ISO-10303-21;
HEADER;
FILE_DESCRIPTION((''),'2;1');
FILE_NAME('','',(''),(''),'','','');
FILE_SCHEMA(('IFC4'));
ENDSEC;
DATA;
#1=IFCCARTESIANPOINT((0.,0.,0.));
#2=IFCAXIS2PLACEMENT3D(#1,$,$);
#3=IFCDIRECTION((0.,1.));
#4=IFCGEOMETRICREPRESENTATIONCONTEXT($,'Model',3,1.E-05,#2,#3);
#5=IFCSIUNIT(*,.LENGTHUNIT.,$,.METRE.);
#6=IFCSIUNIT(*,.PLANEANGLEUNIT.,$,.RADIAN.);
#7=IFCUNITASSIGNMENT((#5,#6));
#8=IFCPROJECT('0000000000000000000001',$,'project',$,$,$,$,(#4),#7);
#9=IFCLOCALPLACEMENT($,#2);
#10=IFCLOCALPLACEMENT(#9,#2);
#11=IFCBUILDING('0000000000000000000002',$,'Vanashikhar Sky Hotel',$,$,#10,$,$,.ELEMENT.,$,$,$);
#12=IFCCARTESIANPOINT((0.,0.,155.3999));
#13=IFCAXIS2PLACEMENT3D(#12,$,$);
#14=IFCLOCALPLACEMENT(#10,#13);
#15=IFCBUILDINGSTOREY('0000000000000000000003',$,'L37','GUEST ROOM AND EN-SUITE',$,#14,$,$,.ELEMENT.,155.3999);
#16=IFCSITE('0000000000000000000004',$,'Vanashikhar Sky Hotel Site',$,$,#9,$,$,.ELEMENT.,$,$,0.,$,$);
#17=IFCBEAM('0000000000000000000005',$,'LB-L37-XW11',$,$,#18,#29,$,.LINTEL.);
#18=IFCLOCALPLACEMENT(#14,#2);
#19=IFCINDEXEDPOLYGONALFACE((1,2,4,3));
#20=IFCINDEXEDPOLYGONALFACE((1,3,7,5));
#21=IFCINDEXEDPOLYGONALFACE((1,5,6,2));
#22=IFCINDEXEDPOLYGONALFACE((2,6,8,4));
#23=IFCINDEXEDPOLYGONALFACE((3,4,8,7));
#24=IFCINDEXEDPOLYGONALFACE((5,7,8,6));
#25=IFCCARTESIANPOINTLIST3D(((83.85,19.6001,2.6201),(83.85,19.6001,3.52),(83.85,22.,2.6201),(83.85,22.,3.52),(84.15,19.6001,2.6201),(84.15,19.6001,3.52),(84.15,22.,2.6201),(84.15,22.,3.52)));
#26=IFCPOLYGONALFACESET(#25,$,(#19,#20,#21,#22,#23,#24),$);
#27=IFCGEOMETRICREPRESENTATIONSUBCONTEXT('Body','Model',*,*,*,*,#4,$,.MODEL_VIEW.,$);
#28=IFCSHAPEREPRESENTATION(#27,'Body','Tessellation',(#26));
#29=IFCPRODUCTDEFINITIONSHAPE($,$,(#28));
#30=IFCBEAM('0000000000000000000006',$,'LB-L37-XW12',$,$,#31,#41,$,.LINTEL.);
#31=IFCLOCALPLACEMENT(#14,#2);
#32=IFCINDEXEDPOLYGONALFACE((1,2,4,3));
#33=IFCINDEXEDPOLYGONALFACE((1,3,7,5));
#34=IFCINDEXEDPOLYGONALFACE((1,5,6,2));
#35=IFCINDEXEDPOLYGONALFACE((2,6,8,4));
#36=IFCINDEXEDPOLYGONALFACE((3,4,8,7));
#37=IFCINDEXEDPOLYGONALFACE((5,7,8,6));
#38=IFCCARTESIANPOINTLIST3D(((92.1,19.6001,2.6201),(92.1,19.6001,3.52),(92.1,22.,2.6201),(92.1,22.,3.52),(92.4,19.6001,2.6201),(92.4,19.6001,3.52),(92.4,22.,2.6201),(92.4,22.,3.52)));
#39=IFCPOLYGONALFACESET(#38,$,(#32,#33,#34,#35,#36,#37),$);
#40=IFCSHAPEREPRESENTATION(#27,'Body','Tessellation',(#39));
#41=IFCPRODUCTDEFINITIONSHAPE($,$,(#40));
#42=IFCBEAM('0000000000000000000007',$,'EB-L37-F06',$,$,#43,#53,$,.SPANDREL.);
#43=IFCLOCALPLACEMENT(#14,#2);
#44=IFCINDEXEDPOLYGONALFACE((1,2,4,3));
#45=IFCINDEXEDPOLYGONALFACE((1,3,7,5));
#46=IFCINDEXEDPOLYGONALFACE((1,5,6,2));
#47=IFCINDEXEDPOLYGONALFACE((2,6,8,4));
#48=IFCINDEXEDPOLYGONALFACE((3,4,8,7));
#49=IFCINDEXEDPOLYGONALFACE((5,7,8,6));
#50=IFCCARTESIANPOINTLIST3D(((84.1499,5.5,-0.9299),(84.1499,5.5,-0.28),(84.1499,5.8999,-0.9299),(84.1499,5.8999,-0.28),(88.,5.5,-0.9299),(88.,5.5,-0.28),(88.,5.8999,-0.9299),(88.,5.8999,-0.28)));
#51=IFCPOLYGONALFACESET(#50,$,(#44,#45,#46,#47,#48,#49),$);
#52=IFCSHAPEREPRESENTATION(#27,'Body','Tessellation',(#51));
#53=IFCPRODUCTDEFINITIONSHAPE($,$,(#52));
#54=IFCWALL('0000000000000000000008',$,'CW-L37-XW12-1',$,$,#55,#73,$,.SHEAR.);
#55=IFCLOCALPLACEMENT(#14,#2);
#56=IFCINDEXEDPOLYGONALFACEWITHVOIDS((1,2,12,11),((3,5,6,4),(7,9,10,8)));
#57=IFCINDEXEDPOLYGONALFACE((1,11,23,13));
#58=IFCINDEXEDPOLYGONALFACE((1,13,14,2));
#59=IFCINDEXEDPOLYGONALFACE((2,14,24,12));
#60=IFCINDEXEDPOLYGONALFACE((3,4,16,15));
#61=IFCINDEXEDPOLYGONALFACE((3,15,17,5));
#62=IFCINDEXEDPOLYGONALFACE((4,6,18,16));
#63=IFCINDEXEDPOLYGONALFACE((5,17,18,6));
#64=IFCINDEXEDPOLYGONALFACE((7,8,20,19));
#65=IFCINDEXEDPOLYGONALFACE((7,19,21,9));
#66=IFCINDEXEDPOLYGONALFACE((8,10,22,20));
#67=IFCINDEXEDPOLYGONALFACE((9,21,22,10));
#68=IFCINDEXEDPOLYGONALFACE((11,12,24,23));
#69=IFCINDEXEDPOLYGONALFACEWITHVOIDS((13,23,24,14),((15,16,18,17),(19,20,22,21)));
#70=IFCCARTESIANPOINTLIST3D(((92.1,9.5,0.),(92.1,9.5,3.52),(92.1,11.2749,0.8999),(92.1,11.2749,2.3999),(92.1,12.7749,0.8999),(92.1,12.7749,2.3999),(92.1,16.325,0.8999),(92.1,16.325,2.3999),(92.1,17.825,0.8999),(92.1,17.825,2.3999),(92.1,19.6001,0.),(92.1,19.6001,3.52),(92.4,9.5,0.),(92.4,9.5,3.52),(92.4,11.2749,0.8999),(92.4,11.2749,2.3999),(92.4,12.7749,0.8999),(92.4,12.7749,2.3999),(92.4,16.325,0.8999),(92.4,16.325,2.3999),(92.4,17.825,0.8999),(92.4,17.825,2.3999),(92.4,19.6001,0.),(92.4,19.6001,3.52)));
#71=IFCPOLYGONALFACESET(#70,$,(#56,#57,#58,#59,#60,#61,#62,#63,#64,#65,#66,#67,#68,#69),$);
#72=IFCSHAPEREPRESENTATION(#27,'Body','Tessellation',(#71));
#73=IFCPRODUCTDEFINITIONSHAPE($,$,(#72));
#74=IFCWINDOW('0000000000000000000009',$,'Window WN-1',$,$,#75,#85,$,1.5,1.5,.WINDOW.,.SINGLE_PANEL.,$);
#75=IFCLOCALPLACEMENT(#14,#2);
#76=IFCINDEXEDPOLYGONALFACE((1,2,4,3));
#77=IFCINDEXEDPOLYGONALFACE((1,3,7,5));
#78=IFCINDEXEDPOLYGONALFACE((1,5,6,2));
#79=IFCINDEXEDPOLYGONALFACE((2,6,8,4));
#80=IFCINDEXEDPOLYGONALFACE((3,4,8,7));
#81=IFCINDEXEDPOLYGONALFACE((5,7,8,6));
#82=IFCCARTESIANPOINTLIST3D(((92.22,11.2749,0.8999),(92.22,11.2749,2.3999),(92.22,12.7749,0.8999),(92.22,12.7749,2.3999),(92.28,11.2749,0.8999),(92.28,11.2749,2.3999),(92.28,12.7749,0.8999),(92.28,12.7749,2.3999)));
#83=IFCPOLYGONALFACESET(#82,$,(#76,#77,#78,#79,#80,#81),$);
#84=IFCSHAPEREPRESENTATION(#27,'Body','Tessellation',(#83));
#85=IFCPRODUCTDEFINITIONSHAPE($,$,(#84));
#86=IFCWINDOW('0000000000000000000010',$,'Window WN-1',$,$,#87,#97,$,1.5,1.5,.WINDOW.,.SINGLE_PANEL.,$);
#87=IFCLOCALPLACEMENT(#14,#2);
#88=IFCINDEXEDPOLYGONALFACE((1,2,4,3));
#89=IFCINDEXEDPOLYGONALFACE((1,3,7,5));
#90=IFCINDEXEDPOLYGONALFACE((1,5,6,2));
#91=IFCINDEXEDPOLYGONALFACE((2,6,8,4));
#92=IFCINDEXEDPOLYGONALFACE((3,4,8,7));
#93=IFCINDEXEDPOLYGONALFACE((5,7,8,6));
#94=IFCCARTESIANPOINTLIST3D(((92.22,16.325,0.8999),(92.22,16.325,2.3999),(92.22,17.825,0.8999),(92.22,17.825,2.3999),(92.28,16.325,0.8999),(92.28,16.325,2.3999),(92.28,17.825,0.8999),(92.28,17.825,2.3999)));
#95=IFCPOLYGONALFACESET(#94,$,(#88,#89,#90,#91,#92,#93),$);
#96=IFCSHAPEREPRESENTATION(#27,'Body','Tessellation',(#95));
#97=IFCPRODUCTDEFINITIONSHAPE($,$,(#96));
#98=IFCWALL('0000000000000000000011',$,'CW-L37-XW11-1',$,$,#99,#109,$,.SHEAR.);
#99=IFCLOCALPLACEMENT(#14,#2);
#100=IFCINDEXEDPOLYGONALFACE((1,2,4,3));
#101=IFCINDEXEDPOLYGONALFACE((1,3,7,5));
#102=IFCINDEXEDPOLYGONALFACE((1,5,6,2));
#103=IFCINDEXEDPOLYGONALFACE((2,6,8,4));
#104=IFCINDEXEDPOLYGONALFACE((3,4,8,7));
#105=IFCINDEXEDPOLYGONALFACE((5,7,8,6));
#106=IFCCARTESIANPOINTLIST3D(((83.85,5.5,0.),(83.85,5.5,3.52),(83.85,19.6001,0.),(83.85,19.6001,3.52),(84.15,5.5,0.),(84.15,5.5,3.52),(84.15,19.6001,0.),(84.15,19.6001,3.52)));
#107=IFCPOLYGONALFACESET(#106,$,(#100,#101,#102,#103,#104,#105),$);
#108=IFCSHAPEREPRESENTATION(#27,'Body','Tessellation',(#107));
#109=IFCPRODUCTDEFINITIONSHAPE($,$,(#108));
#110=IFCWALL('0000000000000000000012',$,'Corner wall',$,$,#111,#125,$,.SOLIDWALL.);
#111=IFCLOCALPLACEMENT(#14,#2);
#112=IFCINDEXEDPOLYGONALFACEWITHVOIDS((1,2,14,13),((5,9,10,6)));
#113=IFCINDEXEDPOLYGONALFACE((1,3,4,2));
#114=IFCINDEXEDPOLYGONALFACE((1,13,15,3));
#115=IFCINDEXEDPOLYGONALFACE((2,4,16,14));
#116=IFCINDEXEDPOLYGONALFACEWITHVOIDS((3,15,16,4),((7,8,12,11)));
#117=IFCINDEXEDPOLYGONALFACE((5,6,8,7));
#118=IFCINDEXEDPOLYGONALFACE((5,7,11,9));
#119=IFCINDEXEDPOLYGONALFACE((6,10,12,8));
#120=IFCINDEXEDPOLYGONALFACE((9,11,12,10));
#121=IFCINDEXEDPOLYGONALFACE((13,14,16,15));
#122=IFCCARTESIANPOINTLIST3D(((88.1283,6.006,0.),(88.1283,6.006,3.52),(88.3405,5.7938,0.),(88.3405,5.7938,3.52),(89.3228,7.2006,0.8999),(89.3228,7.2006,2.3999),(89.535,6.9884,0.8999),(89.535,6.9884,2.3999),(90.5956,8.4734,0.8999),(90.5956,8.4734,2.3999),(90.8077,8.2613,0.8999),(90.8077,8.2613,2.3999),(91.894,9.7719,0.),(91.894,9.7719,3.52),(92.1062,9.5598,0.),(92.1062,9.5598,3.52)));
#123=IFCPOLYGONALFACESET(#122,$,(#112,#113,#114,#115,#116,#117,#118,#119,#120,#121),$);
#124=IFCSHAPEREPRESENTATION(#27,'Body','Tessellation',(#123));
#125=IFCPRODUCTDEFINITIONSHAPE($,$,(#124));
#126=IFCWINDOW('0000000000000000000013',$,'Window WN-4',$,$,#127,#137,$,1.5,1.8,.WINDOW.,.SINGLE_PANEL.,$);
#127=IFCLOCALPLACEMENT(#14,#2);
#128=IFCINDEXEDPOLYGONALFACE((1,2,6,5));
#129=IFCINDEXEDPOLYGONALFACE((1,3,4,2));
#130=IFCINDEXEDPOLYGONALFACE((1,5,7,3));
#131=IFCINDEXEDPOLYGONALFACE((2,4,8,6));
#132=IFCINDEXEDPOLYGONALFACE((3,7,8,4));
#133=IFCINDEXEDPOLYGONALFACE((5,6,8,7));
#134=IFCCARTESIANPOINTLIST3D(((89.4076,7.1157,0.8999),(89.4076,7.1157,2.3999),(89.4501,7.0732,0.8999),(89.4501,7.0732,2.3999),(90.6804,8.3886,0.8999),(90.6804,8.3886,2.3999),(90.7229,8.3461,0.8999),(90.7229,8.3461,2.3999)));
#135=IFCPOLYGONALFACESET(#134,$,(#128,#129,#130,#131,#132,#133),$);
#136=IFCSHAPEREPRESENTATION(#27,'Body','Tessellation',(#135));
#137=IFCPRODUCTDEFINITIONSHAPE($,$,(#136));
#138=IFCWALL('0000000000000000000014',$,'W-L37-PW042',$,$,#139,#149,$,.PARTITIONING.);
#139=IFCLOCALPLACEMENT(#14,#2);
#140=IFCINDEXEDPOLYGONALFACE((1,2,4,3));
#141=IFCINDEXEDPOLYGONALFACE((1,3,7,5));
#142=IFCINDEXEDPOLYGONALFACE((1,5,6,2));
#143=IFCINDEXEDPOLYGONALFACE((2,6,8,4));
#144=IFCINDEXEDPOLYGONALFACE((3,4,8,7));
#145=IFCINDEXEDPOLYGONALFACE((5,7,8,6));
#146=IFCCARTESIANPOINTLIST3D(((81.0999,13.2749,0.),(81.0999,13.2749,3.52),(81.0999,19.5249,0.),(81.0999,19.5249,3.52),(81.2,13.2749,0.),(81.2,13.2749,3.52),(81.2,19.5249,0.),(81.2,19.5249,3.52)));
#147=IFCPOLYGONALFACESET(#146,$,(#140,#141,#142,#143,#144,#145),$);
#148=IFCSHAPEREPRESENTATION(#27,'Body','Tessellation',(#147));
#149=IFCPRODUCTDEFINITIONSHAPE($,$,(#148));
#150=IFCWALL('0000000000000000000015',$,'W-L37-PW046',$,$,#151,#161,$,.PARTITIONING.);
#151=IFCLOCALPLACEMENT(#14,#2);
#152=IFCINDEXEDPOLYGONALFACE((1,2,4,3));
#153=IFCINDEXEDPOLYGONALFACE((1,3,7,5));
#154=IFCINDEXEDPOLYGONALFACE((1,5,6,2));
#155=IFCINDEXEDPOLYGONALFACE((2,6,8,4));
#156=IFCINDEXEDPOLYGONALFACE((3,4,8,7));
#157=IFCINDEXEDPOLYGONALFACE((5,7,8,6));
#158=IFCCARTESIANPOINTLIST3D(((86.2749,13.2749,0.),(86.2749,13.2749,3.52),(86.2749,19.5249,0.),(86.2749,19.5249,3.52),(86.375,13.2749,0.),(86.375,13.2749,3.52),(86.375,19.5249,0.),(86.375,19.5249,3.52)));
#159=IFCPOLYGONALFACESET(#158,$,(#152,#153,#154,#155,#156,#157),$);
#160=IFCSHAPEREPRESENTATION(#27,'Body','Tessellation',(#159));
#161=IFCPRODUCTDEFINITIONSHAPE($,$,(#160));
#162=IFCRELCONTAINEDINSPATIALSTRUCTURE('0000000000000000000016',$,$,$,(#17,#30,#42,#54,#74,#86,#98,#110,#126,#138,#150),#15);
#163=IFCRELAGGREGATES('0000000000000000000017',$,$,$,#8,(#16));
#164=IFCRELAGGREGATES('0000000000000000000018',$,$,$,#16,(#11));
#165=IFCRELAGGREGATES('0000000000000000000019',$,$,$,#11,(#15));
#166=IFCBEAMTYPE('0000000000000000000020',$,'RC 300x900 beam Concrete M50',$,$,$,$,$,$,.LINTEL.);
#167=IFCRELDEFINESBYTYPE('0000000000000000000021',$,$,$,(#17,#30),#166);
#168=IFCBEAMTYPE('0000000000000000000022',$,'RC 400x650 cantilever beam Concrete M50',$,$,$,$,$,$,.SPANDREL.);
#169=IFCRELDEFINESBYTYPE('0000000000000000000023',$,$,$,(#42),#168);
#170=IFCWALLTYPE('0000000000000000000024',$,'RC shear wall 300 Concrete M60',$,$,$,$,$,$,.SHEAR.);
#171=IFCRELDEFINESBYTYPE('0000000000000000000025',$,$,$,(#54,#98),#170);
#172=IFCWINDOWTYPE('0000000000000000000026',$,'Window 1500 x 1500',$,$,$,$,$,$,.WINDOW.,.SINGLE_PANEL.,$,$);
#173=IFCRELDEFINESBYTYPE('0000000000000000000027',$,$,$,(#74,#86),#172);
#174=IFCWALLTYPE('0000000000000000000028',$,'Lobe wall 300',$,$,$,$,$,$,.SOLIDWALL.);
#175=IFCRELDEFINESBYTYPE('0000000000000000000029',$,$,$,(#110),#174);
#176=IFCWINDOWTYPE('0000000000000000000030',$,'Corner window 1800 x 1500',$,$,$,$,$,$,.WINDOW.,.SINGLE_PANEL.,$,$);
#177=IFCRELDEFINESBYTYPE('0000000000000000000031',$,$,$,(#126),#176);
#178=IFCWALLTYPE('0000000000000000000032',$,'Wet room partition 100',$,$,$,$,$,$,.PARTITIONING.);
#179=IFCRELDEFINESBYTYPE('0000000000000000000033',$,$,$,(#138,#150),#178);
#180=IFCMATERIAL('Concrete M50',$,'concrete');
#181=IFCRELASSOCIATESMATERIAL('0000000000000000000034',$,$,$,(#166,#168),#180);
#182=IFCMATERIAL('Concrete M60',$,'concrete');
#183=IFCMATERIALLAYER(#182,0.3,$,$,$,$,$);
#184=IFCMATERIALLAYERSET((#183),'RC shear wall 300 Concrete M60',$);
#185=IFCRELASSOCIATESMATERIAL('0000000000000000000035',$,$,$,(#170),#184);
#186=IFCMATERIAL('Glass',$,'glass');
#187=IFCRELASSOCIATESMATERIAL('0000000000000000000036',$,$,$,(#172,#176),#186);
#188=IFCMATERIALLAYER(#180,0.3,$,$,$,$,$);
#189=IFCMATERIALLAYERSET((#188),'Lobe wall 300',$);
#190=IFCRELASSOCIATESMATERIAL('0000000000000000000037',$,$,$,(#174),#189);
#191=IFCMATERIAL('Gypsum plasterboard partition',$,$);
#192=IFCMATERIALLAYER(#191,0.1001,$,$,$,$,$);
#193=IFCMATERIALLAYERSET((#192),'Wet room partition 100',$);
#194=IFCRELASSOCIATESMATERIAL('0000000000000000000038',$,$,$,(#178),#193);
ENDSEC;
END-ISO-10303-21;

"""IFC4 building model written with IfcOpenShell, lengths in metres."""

from ifc_helpers import new_model, si_unit, direction, frame, frame_2d, origin, origin_2d, place, context, subcontext, project, spatial, rectangle, extrude, source, transform, mapped, material, layer, layer_set, material_profile, profile_set, type_object, element, fill, save


model = new_model("IFC4")

# Units and contexts
model_context = context("Model", 3, precision=1e-05, world=origin(), true_north=direction((0.0, 1.0)))
body_context = subcontext(model_context, "Body", "Model", "MODEL_VIEW")
ifc_project = project(units=[si_unit("LENGTHUNIT", "METRE"), si_unit("PLANEANGLEUNIT", "RADIAN")], contexts=[model_context])

# Site, building, storey
site_placement = place(None, origin())
site = spatial("IfcSite", under=ifc_project, at=site_placement, Name="Vanashikhar Sky Hotel Site", CompositionType="ELEMENT", RefElevation=0.0)
building_placement = place(site_placement, origin())
building = spatial("IfcBuilding", under=site, at=building_placement, Name="Vanashikhar Sky Hotel", CompositionType="ELEMENT")
storey_placement = place(building_placement, frame((0.0, 0.0, 155.3999)))
storey = spatial("IfcBuildingStorey", under=building, at=storey_placement, Name="L37", Description="GUEST ROOM AND EN-SUITE", CompositionType="ELEMENT", Elevation=155.3999)

# Beams
ifc_material_1 = material(Name="Concrete M50", Category="concrete")
ifc_material_profile_1 = material_profile(ifc_material_1, rectangle(XDim=0.3, YDim=0.8999, at=origin_2d()))
ifc_profile_set_1 = profile_set([ifc_material_profile_1], Name="RC 300x900 beam Concrete M50")
beam_type_1 = type_object("IfcBeamType", Name="RC 300x900 beam Concrete M50", PredefinedType="LINTEL", material=ifc_profile_set_1)
shared_shape_1 = source(origin(), body_context, "Body", "SweptSolid", [
    extrude(rectangle(XDim=0.3, YDim=0.8999, at=origin_2d()), origin(), (0.0, 0.0, 1.0), 2.3999),
])
for number, where, z_axis, x_axis, name in (
    (1, (84.0, 19.6001, 3.0701), (0.0, 1.0, 0.0), (-1.0, 0.0, 0.0), "LB-L37-XW11"),
    (2, (92.25, 19.6001, 3.0701), (0.0, 1.0, 0.0), (-1.0, 0.0, 0.0), "LB-L37-XW12"),
):
    element("IfcBeam", number, at=place(storey_placement, frame(where, z_axis=z_axis, x_axis=x_axis)), inside=storey, type_object=beam_type_1, Name=name, PredefinedType="LINTEL", context=body_context, shape_type="MappedRepresentation", body=[
        mapped(shared_shape_1, transform((0.0, 0.0, 0.0), scale=1.0)),
    ])
ifc_material_profile_2 = material_profile(ifc_material_1, rectangle(XDim=0.3999, YDim=0.6499, at=origin_2d()))
ifc_profile_set_2 = profile_set([ifc_material_profile_2], Name="RC 400x650 cantilever beam Concrete M50")
beam_type_2 = type_object("IfcBeamType", Name="RC 400x650 cantilever beam Concrete M50", PredefinedType="SPANDREL", material=ifc_profile_set_2)
shared_shape_2 = source(origin(), body_context, "Body", "SweptSolid", [
    extrude(rectangle(XDim=0.3999, YDim=0.6499, at=origin_2d()), origin(), (0.0, 0.0, 1.0), 3.8501),
])
beam_placement = place(storey_placement, frame((84.1499, 5.7, -0.605), z_axis=(1.0, 0.0, 0.0), x_axis=(0.0, 1.0, 0.0)))
element("IfcBeam", 3, at=beam_placement, inside=storey, type_object=beam_type_2, Name="EB-L37-F06", PredefinedType="SPANDREL", context=body_context, shape_type="MappedRepresentation", body=[
    mapped(shared_shape_2, transform((0.0, 0.0, 0.0), scale=1.0)),
])

# Wall, openings, windows
ifc_material_2 = material(Name="Concrete M60", Category="concrete")
ifc_layer_1 = layer(ifc_material_2, 0.3)
ifc_layer_set_1 = layer_set([ifc_layer_1], Name="RC shear wall 300 Concrete M60")
wall_type_1 = type_object("IfcWallType", Name="RC shear wall 300 Concrete M60", PredefinedType="SHEAR", material=ifc_layer_set_1)
shared_shape_3 = source(origin(), body_context, "Body", "SweptSolid", [
    extrude(rectangle(XDim=10.1001, YDim=0.3, at=frame_2d((5.05, 0.0))), origin(), (0.0, 0.0, 1.0), 3.52),
])
wall_1_placement = place(storey_placement, frame((92.25, 9.5, 0.0), z_axis=(0.0, 0.0, 1.0), x_axis=(0.0, 1.0, 0.0)))
wall_1 = element("IfcWall", 4, at=wall_1_placement, inside=storey, type_object=wall_type_1, Name="CW-L37-XW12-1", PredefinedType="SHEAR", context=body_context, shape_type="MappedRepresentation", body=[
    mapped(shared_shape_3, transform((0.0, 0.0, 0.0), scale=1.0)),
])
shared_shape_4 = source(origin(), body_context, "Body", "SweptSolid", [
    extrude(rectangle(XDim=1.5, YDim=1.5, at=frame_2d((0.75, 0.75))), frame((0.0, 0.1602, 0.0), z_axis=(0.0, -1.0, 0.0), x_axis=(1.0, 0.0, 0.0)), (0.0, 0.0, 1.0), 0.3201),
])
opening_1_placement = place(wall_1_placement, frame((1.7749, 0.0, 0.8999)))
opening_1 = element("IfcOpeningElement", 5, at=opening_1_placement, cuts=wall_1, PredefinedType="OPENING", context=body_context, shape_type="MappedRepresentation", body=[
    mapped(shared_shape_4, transform((0.0, 0.0, 0.0), scale=1.0)),
])
opening_2_placement = place(wall_1_placement, frame((6.825, 0.0, 0.8999)))
opening_2 = element("IfcOpeningElement", 6, at=opening_2_placement, cuts=wall_1, PredefinedType="OPENING", context=body_context, shape_type="MappedRepresentation", body=[
    mapped(shared_shape_4, transform((0.0, 0.0, 0.0), scale=1.0)),
])
ifc_material_3 = material(Name="Glass", Category="glass")
window_type_1 = type_object("IfcWindowType", Name="Window 1500 x 1500", PartitioningType="SINGLE_PANEL", PredefinedType="WINDOW", material=ifc_material_3)
shared_shape_5 = source(origin(), body_context, "Body", "SweptSolid", [
    extrude(rectangle(XDim=1.5, YDim=1.5, at=frame_2d((0.75, 0.75))), frame((0.0, 0.03, 0.0), z_axis=(0.0, -1.0, 0.0), x_axis=(1.0, 0.0, 0.0)), (0.0, 0.0, 1.0), 0.0601),
])
window_1_placement = place(opening_1_placement, origin())
window_1 = element("IfcWindow", 7, at=window_1_placement, inside=storey, type_object=window_type_1, Name="Window WN-1", OverallHeight=1.5, OverallWidth=1.5, PartitioningType="SINGLE_PANEL", PredefinedType="WINDOW", context=body_context, shape_type="MappedRepresentation", body=[
    mapped(shared_shape_5, transform((0.0, 0.0, 0.0), scale=1.0)),
])
fill(opening_1, window_1)
window_2_placement = place(opening_2_placement, origin())
window_2 = element("IfcWindow", 8, at=window_2_placement, inside=storey, type_object=window_type_1, Name="Window WN-1", OverallHeight=1.5, OverallWidth=1.5, PartitioningType="SINGLE_PANEL", PredefinedType="WINDOW", context=body_context, shape_type="MappedRepresentation", body=[
    mapped(shared_shape_5, transform((0.0, 0.0, 0.0), scale=1.0)),
])
fill(opening_2, window_2)

# Wall
shared_shape_6 = source(origin(), body_context, "Body", "SweptSolid", [
    extrude(rectangle(XDim=14.1001, YDim=0.3, at=frame_2d((7.05, 0.0))), origin(), (0.0, 0.0, 1.0), 3.52),
])
wall_2_placement = place(storey_placement, frame((84.0, 5.5, 0.0), z_axis=(0.0, 0.0, 1.0), x_axis=(0.0, 1.0, 0.0)))
element("IfcWall", 9, at=wall_2_placement, inside=storey, type_object=wall_type_1, Name="CW-L37-XW11-1", PredefinedType="SHEAR", context=body_context, shape_type="MappedRepresentation", body=[
    mapped(shared_shape_6, transform((0.0, 0.0, 0.0), scale=1.0)),
])

# Wall, opening, window
ifc_layer_2 = layer(ifc_material_1, 0.3)
ifc_layer_set_2 = layer_set([ifc_layer_2], Name="Lobe wall 300")
wall_type_2 = type_object("IfcWallType", Name="Lobe wall 300", PredefinedType="SOLIDWALL", material=ifc_layer_set_2)
shared_shape_7 = source(origin(), body_context, "Body", "SweptSolid", [
    extrude(rectangle(XDim=5.3257, YDim=0.3, at=frame_2d((2.6628, 0.0))), origin(), (0.0, 0.0, 1.0), 3.52),
])
wall_3_placement = place(storey_placement, frame((88.2344, 5.8999, 0.0), z_axis=(0.0, 0.0, 1.0), x_axis=(0.707084, 0.70713, 0.0)))
wall_3 = element("IfcWall", 10, at=wall_3_placement, inside=storey, type_object=wall_type_2, Name="Corner wall", PredefinedType="SOLIDWALL", context=body_context, shape_type="MappedRepresentation", body=[
    mapped(shared_shape_7, transform((0.0, 0.0, 0.0), scale=1.0)),
])
shared_shape_8 = source(origin(), body_context, "Body", "SweptSolid", [
    extrude(rectangle(XDim=1.8, YDim=1.5, at=frame_2d((0.8999, 0.75))), frame((0.0, 0.1602, 0.0), z_axis=(0.0, -1.0, 0.0), x_axis=(1.0, 0.0, 0.0)), (0.0, 0.0, 1.0), 0.3201),
])
opening_3_placement = place(wall_3_placement, frame((1.6895, 0.0, 0.8999)))
opening_3 = element("IfcOpeningElement", 11, at=opening_3_placement, cuts=wall_3, PredefinedType="OPENING", context=body_context, shape_type="MappedRepresentation", body=[
    mapped(shared_shape_8, transform((0.0, 0.0, 0.0), scale=1.0)),
])
window_type_2 = type_object("IfcWindowType", Name="Corner window 1800 x 1500", PartitioningType="SINGLE_PANEL", PredefinedType="WINDOW", material=ifc_material_3)
shared_shape_9 = source(origin(), body_context, "Body", "SweptSolid", [
    extrude(rectangle(XDim=1.8, YDim=1.5, at=frame_2d((0.8999, 0.75))), frame((0.0, 0.03, 0.0), z_axis=(0.0, -1.0, 0.0), x_axis=(1.0, 0.0, 0.0)), (0.0, 0.0, 1.0), 0.0601),
])
window_3_placement = place(opening_3_placement, origin())
window_3 = element("IfcWindow", 12, at=window_3_placement, inside=storey, type_object=window_type_2, Name="Window WN-4", OverallHeight=1.5, OverallWidth=1.8, PartitioningType="SINGLE_PANEL", PredefinedType="WINDOW", context=body_context, shape_type="MappedRepresentation", body=[
    mapped(shared_shape_9, transform((0.0, 0.0, 0.0), scale=1.0)),
])
fill(opening_3, window_3)

# Walls
ifc_material_4 = material(Name="Gypsum plasterboard partition")
ifc_layer_3 = layer(ifc_material_4, 0.1001)
ifc_layer_set_3 = layer_set([ifc_layer_3], Name="Wet room partition 100")
wall_type_3 = type_object("IfcWallType", Name="Wet room partition 100", PredefinedType="PARTITIONING", material=ifc_layer_set_3)
shared_shape_10 = source(origin(), body_context, "Body", "SweptSolid", [
    extrude(rectangle(XDim=6.25, YDim=0.1001, at=frame_2d((3.125, 0.0))), origin(), (0.0, 0.0, 1.0), 3.52),
])
for number, where, z_axis, x_axis, name in (
    (13, (81.1499, 13.2749, 0.0), (0.0, 0.0, 1.0), (0.0, 1.0, 0.0), "W-L37-PW042"),
    (14, (86.325, 13.2749, 0.0), (0.0, 0.0, 1.0), (0.0, 1.0, 0.0), "W-L37-PW046"),
):
    element("IfcWall", number, at=place(storey_placement, frame(where, z_axis=z_axis, x_axis=x_axis)), inside=storey, type_object=wall_type_3, Name=name, PredefinedType="PARTITIONING", context=body_context, shape_type="MappedRepresentation", body=[
        mapped(shared_shape_10, transform((0.0, 0.0, 0.0), scale=1.0)),
    ])

save(model, "model.ifc")
